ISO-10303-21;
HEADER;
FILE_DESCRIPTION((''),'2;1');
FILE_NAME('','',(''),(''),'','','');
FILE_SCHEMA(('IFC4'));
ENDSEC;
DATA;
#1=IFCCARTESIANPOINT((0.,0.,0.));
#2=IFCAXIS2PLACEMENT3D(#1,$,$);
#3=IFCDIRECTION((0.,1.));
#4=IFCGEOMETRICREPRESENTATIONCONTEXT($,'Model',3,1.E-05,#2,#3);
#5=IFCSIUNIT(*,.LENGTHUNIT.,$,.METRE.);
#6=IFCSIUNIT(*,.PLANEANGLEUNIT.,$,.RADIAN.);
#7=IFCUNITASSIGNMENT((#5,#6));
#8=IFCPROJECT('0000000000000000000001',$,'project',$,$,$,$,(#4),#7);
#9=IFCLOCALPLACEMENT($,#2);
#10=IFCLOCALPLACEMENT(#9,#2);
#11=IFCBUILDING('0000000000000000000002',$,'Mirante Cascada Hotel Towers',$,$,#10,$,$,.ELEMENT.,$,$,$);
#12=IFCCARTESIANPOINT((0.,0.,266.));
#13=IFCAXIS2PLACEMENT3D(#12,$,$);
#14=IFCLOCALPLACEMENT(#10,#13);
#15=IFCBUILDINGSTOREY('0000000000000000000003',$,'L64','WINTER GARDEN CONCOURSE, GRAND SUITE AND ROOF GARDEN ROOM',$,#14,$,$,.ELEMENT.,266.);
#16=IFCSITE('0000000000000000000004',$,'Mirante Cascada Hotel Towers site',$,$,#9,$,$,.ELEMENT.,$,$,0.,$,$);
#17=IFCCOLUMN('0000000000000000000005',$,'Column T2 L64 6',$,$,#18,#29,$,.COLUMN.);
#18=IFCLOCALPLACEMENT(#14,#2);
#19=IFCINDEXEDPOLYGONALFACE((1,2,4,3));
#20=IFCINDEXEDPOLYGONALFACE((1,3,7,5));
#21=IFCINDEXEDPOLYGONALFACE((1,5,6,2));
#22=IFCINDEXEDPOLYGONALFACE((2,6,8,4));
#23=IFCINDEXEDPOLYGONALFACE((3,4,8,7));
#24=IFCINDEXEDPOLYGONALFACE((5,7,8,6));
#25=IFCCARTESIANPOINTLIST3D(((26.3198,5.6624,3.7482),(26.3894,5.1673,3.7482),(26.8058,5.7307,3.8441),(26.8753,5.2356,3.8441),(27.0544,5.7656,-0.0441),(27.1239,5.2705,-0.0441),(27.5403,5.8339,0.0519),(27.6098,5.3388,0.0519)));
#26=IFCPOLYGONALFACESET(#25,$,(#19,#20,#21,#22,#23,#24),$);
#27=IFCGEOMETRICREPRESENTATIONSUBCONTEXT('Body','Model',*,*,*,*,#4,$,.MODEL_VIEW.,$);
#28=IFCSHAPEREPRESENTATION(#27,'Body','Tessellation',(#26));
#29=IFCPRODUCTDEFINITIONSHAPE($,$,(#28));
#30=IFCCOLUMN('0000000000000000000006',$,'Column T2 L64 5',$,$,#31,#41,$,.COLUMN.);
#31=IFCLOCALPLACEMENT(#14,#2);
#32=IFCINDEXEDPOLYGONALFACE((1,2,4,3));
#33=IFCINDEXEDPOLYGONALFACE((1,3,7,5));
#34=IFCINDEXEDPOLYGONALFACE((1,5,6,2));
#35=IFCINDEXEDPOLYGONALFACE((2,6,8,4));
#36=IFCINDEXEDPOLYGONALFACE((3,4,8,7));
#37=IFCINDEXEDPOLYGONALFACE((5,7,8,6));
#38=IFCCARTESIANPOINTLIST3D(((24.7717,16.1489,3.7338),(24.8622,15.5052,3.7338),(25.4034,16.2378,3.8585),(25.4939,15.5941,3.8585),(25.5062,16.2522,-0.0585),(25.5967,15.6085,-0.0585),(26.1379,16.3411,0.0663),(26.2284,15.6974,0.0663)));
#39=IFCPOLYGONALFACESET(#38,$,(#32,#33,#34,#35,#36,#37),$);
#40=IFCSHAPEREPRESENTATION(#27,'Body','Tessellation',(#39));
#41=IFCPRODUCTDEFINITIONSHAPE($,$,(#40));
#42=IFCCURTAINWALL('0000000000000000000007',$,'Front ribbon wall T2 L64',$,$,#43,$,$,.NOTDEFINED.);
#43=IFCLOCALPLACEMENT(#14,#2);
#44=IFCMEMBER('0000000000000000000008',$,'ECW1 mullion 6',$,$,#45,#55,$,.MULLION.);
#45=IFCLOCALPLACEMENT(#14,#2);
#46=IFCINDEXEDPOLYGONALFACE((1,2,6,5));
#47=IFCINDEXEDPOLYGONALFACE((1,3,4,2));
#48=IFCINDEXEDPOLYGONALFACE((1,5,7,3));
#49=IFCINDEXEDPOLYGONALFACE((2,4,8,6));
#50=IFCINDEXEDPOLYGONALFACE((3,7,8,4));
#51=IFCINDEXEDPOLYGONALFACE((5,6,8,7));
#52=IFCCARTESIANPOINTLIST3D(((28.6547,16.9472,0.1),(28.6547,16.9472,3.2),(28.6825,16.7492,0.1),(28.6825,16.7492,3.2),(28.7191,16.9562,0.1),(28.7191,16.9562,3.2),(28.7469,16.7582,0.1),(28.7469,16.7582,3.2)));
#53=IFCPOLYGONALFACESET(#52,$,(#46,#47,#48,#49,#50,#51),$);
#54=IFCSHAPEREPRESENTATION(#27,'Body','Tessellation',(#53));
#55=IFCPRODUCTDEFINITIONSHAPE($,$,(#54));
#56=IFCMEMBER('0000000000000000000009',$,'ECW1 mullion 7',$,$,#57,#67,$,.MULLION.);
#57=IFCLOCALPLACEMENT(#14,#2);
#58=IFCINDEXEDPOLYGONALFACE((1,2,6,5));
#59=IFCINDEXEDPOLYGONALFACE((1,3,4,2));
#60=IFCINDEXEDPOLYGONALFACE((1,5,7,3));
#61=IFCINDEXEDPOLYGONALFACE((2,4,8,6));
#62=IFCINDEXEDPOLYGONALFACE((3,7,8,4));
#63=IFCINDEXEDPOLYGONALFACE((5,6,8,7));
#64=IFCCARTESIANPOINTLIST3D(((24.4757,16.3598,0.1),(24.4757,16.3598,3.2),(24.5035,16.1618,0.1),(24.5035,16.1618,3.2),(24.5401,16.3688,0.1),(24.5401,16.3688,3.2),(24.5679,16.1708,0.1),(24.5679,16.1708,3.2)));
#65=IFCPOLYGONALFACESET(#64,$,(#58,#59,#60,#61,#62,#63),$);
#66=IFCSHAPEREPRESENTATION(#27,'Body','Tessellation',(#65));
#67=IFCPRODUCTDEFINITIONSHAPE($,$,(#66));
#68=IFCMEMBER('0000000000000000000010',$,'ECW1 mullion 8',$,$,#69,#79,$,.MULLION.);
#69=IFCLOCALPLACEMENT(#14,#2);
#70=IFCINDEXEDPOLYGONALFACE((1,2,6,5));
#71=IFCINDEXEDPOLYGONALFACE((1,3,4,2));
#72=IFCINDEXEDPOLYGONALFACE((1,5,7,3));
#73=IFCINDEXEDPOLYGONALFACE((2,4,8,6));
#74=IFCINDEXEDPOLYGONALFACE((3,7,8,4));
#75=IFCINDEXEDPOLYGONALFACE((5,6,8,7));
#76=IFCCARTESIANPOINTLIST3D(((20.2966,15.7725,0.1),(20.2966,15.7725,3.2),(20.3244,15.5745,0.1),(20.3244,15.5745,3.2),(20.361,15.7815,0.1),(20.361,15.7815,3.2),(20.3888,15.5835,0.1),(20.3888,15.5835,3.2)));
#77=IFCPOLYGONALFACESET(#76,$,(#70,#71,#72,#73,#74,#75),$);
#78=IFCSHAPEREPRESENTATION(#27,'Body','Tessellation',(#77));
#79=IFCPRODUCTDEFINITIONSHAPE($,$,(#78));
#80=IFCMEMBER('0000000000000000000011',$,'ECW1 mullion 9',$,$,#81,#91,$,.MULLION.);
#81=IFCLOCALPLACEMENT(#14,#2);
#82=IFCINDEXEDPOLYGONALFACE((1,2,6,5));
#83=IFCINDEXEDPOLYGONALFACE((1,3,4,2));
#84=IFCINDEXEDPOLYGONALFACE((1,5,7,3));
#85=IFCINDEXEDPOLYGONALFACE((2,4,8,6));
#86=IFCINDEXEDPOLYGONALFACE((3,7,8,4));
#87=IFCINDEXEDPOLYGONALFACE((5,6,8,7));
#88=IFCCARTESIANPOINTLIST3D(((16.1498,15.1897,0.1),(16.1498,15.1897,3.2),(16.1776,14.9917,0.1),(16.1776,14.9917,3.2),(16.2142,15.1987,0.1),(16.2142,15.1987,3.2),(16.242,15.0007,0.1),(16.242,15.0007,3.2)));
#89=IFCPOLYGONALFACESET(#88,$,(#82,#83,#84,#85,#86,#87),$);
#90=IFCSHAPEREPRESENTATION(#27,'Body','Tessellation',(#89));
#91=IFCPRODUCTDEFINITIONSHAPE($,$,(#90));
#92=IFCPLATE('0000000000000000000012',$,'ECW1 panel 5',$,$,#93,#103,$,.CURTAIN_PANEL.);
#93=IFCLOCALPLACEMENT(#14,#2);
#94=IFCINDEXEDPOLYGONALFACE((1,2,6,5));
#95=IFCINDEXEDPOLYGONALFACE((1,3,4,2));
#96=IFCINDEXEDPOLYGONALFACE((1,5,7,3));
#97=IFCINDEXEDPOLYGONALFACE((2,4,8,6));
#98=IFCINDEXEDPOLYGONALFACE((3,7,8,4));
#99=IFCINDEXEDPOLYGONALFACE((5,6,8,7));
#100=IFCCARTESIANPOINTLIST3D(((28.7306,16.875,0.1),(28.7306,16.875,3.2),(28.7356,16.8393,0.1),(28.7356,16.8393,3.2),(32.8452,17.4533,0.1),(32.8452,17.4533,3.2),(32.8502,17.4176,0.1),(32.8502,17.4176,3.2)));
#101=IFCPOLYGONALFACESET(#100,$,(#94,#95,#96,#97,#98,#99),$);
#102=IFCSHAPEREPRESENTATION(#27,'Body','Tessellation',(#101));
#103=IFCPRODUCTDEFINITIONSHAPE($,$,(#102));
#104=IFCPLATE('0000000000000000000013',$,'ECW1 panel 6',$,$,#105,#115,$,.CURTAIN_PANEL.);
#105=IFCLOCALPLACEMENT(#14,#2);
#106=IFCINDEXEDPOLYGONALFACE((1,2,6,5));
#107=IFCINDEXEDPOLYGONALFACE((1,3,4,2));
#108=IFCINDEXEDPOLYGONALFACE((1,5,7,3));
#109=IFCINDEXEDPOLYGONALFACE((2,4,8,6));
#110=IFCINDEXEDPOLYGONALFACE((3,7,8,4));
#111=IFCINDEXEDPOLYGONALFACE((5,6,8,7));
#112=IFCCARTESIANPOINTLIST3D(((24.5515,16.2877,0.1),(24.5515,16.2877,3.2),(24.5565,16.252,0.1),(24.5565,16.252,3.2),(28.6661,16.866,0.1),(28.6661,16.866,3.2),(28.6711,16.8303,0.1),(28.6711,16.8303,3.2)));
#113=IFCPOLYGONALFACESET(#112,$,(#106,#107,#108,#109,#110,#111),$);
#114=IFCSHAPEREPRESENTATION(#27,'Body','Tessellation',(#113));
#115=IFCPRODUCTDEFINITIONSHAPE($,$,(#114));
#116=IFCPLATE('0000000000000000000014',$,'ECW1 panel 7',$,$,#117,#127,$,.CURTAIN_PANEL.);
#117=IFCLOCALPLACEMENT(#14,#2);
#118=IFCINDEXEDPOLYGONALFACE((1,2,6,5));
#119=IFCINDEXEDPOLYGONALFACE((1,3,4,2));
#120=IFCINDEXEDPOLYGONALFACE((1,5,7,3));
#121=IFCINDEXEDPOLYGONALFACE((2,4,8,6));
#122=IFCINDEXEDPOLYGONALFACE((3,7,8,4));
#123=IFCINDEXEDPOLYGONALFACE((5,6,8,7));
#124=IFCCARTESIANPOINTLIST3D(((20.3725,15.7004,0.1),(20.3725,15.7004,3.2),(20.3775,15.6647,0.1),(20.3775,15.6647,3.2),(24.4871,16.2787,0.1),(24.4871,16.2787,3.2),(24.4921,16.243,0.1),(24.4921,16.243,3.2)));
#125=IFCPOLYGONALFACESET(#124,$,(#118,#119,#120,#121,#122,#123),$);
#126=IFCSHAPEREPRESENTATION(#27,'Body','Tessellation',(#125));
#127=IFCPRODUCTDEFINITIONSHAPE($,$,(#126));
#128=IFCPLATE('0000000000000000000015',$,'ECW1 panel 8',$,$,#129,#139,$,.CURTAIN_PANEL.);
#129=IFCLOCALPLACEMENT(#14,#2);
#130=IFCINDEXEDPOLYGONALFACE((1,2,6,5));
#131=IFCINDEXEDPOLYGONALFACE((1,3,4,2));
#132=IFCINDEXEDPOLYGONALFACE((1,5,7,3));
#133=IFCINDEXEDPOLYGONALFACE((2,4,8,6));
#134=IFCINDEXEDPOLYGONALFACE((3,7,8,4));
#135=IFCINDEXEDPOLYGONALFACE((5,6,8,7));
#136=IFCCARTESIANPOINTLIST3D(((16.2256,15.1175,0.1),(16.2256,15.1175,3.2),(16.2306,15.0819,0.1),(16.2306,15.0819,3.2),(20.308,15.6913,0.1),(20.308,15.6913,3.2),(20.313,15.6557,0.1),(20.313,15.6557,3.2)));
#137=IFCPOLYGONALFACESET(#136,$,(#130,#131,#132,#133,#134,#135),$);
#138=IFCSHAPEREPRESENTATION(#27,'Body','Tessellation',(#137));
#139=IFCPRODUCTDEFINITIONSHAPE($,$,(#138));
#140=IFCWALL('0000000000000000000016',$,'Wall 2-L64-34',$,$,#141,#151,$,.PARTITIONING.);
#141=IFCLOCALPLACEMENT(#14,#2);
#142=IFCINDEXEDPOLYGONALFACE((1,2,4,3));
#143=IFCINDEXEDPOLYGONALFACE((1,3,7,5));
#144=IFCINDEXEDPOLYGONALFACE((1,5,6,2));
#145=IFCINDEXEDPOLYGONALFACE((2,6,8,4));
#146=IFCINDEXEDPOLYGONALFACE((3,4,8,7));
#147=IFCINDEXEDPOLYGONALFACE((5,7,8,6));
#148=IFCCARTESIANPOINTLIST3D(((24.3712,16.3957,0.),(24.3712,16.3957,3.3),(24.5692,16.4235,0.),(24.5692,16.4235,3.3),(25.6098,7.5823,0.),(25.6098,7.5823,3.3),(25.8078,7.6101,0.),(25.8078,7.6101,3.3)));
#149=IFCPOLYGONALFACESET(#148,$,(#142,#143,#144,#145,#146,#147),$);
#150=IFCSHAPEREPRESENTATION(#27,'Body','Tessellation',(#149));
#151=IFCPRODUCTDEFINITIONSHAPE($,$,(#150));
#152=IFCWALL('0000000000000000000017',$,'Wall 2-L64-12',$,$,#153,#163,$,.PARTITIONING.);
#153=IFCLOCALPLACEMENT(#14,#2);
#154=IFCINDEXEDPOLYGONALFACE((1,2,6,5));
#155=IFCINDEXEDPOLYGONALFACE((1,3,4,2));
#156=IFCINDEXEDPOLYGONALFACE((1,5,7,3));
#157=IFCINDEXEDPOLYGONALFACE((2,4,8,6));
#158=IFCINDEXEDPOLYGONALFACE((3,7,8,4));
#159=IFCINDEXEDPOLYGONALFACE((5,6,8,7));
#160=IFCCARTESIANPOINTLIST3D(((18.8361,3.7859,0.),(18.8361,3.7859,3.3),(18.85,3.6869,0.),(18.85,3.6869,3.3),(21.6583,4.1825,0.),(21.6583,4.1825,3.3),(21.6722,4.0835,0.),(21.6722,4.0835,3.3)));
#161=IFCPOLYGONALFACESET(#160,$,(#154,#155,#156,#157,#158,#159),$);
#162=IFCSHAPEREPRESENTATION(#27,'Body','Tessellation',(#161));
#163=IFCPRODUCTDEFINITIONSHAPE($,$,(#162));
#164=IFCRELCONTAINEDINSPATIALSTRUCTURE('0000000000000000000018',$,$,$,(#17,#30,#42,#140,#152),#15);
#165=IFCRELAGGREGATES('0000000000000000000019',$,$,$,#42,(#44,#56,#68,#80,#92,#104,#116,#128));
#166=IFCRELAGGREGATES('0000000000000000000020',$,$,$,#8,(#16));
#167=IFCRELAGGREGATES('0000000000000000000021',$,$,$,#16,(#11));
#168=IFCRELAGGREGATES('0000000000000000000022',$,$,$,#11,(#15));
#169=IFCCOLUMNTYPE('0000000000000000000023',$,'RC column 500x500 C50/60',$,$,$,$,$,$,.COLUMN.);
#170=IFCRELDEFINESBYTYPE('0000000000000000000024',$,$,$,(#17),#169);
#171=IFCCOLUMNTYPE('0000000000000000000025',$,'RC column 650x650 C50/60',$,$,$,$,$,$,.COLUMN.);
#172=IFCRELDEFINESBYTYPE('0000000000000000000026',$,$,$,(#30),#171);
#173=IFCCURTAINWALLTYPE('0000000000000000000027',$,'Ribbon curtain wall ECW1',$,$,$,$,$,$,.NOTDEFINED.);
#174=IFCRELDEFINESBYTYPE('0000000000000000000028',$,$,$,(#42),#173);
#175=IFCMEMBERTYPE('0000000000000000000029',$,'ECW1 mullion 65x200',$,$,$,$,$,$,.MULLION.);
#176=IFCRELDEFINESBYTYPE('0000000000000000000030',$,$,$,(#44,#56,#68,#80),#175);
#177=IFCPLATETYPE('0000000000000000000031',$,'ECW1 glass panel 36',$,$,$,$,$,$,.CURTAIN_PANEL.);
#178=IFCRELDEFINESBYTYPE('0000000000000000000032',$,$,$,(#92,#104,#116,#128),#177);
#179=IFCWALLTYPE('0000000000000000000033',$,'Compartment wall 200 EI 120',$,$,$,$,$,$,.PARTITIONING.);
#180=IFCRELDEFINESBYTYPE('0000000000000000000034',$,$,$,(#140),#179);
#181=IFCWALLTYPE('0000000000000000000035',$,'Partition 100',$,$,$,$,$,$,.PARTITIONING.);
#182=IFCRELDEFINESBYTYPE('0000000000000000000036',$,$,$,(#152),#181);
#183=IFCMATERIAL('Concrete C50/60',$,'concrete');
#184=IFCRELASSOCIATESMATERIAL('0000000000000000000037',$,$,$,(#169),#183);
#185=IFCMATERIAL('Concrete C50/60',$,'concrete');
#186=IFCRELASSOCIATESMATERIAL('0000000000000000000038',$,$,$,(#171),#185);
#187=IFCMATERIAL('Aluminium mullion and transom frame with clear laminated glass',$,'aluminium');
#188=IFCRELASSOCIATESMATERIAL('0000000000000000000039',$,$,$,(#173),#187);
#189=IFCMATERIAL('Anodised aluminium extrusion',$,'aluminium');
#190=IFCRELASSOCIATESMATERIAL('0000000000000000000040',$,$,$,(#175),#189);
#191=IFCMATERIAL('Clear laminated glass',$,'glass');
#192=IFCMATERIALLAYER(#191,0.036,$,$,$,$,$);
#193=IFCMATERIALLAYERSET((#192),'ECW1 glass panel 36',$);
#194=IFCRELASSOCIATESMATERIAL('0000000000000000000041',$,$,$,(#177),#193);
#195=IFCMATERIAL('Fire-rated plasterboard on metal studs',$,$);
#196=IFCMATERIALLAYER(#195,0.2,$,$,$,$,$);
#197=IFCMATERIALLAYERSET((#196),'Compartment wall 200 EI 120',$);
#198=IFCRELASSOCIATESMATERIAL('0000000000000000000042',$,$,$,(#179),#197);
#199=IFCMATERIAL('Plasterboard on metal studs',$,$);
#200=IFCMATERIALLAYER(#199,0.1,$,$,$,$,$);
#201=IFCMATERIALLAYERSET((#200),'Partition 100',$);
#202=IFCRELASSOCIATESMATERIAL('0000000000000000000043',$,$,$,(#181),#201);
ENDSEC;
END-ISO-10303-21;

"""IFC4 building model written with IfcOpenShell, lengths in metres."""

from ifc_helpers import new_model, si_unit, direction, frame, frame_2d, origin, origin_2d, place, context, subcontext, project, spatial, rectangle, extrude, material, layer, layer_set, material_profile, profile_set, type_object, element, aggregate, save


model = new_model("IFC4")

# Units and contexts
model_context = context("Model", 3, precision=1e-05, world=origin(), true_north=direction((0.0, 1.0)))
body_context = subcontext(model_context, "Body", "Model", "MODEL_VIEW")
ifc_project = project(units=[si_unit("LENGTHUNIT", "METRE"), si_unit("PLANEANGLEUNIT", "RADIAN")], contexts=[model_context])

# Site, building, storey
site_placement = place(None, origin())
site = spatial("IfcSite", under=ifc_project, at=site_placement, Name="Mirante Cascada Hotel Towers site", CompositionType="ELEMENT", RefElevation=0.0)
building_placement = place(site_placement, origin())
building = spatial("IfcBuilding", under=site, at=building_placement, Name="Mirante Cascada Hotel Towers", CompositionType="ELEMENT")
storey_placement = place(building_placement, frame((0.0, 0.0, 266.0)))
storey = spatial("IfcBuildingStorey", under=building, at=storey_placement, Name="L64", Description="WINTER GARDEN CONCOURSE, GRAND SUITE AND ROOF GARDEN ROOM", CompositionType="ELEMENT", Elevation=266.0)

# Columns
ifc_material_1 = material(Name="Concrete C50/60", Category="concrete")
ifc_material_profile_1 = material_profile(ifc_material_1, rectangle(XDim=0.5, YDim=0.5, at=origin_2d()), Name="RC column 500x500 C50/60")
ifc_profile_set_1 = profile_set([ifc_material_profile_1], Name="Concrete C50/60")
column_type_1 = type_object("IfcColumnType", Name="RC column 500x500 C50/60", PredefinedType="COLUMN", material=ifc_profile_set_1)
column_1_placement = place(storey_placement, frame((27.3321, 5.5522, 0.0039), z_axis=(-0.190085, -0.026708, 0.981404), x_axis=(0.139137, -0.990273, 0.0)))
element("IfcColumn", 1, at=column_1_placement, inside=storey, type_object=column_type_1, Name="Column T2 L64 6", PredefinedType="COLUMN", context=body_context, shape_type="SweptSolid", body=[
    extrude(rectangle(XDim=0.5, YDim=0.5, at=origin_2d()), origin(), (0.0, 0.0, 1.0), 3.8641),
])
ifc_material_2 = material(Name="Concrete C50/60", Category="concrete")
ifc_material_profile_2 = material_profile(ifc_material_2, rectangle(XDim=0.65, YDim=0.65, at=origin_2d()), Name="RC column 650x650 C50/60")
ifc_profile_set_2 = profile_set([ifc_material_profile_2], Name="Concrete C50/60")
column_type_2 = type_object("IfcColumnType", Name="RC column 650x650 C50/60", PredefinedType="COLUMN", material=ifc_profile_set_2)
column_2_placement = place(storey_placement, frame((25.8673, 15.9748, 0.0039), z_axis=(-0.190085, -0.026734, 0.981404), x_axis=(0.139269, -0.990255, 0.0)))
element("IfcColumn", 2, at=column_2_placement, inside=storey, type_object=column_type_2, Name="Column T2 L64 5", PredefinedType="COLUMN", context=body_context, shape_type="SweptSolid", body=[
    extrude(rectangle(XDim=0.65, YDim=0.65, at=origin_2d()), origin(), (0.0, 0.0, 1.0), 3.8641),
])

# Curtain wall, members, plates
ifc_material_3 = material(Name="Aluminium mullion and transom frame with clear laminated glass", Category="aluminium")
curtain_wall_type = type_object("IfcCurtainWallType", Name="Ribbon curtain wall ECW1", PredefinedType="NOTDEFINED", material=ifc_material_3)
curtain_wall_placement = place(storey_placement, origin())
curtain_wall = element("IfcCurtainWall", 3, at=curtain_wall_placement, inside=storey, type_object=curtain_wall_type, Name="Front ribbon wall T2 L64", PredefinedType="NOTDEFINED")
ifc_material_4 = material(Name="Anodised aluminium extrusion", Category="aluminium")
ifc_material_profile_3 = material_profile(ifc_material_4, rectangle(XDim=0.2, YDim=0.065, at=origin_2d()), Name="ECW1 MULLION 65x200")
ifc_profile_set_3 = profile_set([ifc_material_profile_3], Name="Anodised aluminium extrusion")
member_type = type_object("IfcMemberType", Name="ECW1 mullion 65x200", PredefinedType="MULLION", material=ifc_profile_set_3)
member_1_placement = place(storey_placement, frame((28.7008, 16.8527, 0.1), z_axis=(0.0, 0.0, 1.0), x_axis=(0.139173, -0.990268, 0.0)))
member_1 = element("IfcMember", 4, at=member_1_placement, type_object=member_type, Name="ECW1 mullion 6", PredefinedType="MULLION", context=body_context, shape_type="SweptSolid", body=[
    extrude(rectangle(XDim=0.2, YDim=0.065, at=origin_2d()), origin(), (0.0, 0.0, 1.0), 3.1),
])
member_2_placement = place(storey_placement, frame((24.5218, 16.2653, 0.1), z_axis=(0.0, 0.0, 1.0), x_axis=(0.139173, -0.990268, 0.0)))
member_2 = element("IfcMember", 5, at=member_2_placement, type_object=member_type, Name="ECW1 mullion 7", PredefinedType="MULLION", context=body_context, shape_type="SweptSolid", body=[
    extrude(rectangle(XDim=0.2, YDim=0.065, at=origin_2d()), origin(), (0.0, 0.0, 1.0), 3.1),
])
member_3_placement = place(storey_placement, frame((20.3427, 15.678, 0.1), z_axis=(0.0, 0.0, 1.0), x_axis=(0.139173, -0.990268, 0.0)))
member_3 = element("IfcMember", 6, at=member_3_placement, type_object=member_type, Name="ECW1 mullion 8", PredefinedType="MULLION", context=body_context, shape_type="SweptSolid", body=[
    extrude(rectangle(XDim=0.2, YDim=0.065, at=origin_2d()), origin(), (0.0, 0.0, 1.0), 3.1),
])
member_4_placement = place(storey_placement, frame((16.1959, 15.0952, 0.1), z_axis=(0.0, 0.0, 1.0), x_axis=(0.139173, -0.990268, 0.0)))
member_4 = element("IfcMember", 7, at=member_4_placement, type_object=member_type, Name="ECW1 mullion 9", PredefinedType="MULLION", context=body_context, shape_type="SweptSolid", body=[
    extrude(rectangle(XDim=0.2, YDim=0.065, at=origin_2d()), origin(), (0.0, 0.0, 1.0), 3.1),
])
ifc_material_5 = material(Name="Clear laminated glass", Category="glass")
ifc_layer_1 = layer(ifc_material_5, 0.036)
ifc_layer_set_1 = layer_set([ifc_layer_1], Name="ECW1 glass panel 36")
plate_type = type_object("IfcPlateType", Name="ECW1 glass panel 36", PredefinedType="CURTAIN_PANEL", material=ifc_layer_set_1)
plate_1_placement = place(storey_placement, frame((30.7904, 17.1463, 0.1), z_axis=(0.0, 0.0, 1.0), x_axis=(-0.990268, -0.139173, 0.0)))
plate_1 = element("IfcPlate", 8, at=plate_1_placement, type_object=plate_type, Name="ECW1 panel 5", PredefinedType="CURTAIN_PANEL", context=body_context, shape_type="SweptSolid", body=[
    extrude(rectangle(XDim=4.1551, YDim=0.036, at=origin_2d()), origin(), (0.0, 0.0, 1.0), 3.1),
])
plate_2_placement = place(storey_placement, frame((26.6113, 16.559, 0.1), z_axis=(0.0, 0.0, 1.0), x_axis=(-0.990268, -0.139173, 0.0)))
plate_2 = element("IfcPlate", 9, at=plate_2_placement, type_object=plate_type, Name="ECW1 panel 6", PredefinedType="CURTAIN_PANEL", context=body_context, shape_type="SweptSolid", body=[
    extrude(rectangle(XDim=4.1551, YDim=0.036, at=origin_2d()), origin(), (0.0, 0.0, 1.0), 3.1),
])
plate_3_placement = place(storey_placement, frame((22.4323, 15.9717, 0.1), z_axis=(0.0, 0.0, 1.0), x_axis=(-0.990268, -0.139173, 0.0)))
plate_3 = element("IfcPlate", 10, at=plate_3_placement, type_object=plate_type, Name="ECW1 panel 7", PredefinedType="CURTAIN_PANEL", context=body_context, shape_type="SweptSolid", body=[
    extrude(rectangle(XDim=4.1551, YDim=0.036, at=origin_2d()), origin(), (0.0, 0.0, 1.0), 3.1),
])
plate_4_placement = place(storey_placement, frame((18.2693, 15.3866, 0.1), z_axis=(0.0, 0.0, 1.0), x_axis=(-0.990268, -0.139173, 0.0)))
plate_4 = element("IfcPlate", 11, at=plate_4_placement, type_object=plate_type, Name="ECW1 panel 8", PredefinedType="CURTAIN_PANEL", context=body_context, shape_type="SweptSolid", body=[
    extrude(rectangle(XDim=4.1226, YDim=0.036, at=origin_2d()), origin(), (0.0, 0.0, 1.0), 3.1),
])
aggregate(curtain_wall, [member_1, member_2, member_3, member_4, plate_1, plate_2, plate_3, plate_4])

# Walls
ifc_material_6 = material(Name="Fire-rated plasterboard on metal studs")
ifc_layer_2 = layer(ifc_material_6, 0.2)
ifc_layer_set_2 = layer_set([ifc_layer_2], Name="Compartment wall 200 EI 120")
wall_type_1 = type_object("IfcWallType", Name="Compartment wall 200 EI 120", PredefinedType="PARTITIONING", material=ifc_layer_set_2)
wall_1_placement = place(storey_placement, frame((24.4702, 16.4096, 0.0), z_axis=(0.0, 0.0, 1.0), x_axis=(0.139168, -0.990269, 0.0)))
element("IfcWall", 12, at=wall_1_placement, inside=storey, type_object=wall_type_1, Name="Wall 2-L64-34", PredefinedType="PARTITIONING", context=body_context, shape_type="SweptSolid", body=[
    extrude(rectangle(XDim=8.9, YDim=0.2, at=frame_2d((4.45, 0.0))), origin(), (0.0, 0.0, 1.0), 3.3),
])
ifc_material_7 = material(Name="Plasterboard on metal studs")
ifc_layer_3 = layer(ifc_material_7, 0.1)
ifc_layer_set_3 = layer_set([ifc_layer_3], Name="Partition 100")
wall_type_2 = type_object("IfcWallType", Name="Partition 100", PredefinedType="PARTITIONING", material=ifc_layer_set_3)
wall_2_placement = place(storey_placement, frame((21.6653, 4.133, 0.0), z_axis=(0.0, 0.0, 1.0), x_axis=(-0.99027, -0.139161, 0.0)))
element("IfcWall", 13, at=wall_2_placement, inside=storey, type_object=wall_type_2, Name="Wall 2-L64-12", PredefinedType="PARTITIONING", context=body_context, shape_type="SweptSolid", body=[
    extrude(rectangle(XDim=2.8499, YDim=0.1, at=frame_2d((1.425, 0.0))), origin(), (0.0, 0.0, 1.0), 3.3),
])

save(model, "model.ifc")
